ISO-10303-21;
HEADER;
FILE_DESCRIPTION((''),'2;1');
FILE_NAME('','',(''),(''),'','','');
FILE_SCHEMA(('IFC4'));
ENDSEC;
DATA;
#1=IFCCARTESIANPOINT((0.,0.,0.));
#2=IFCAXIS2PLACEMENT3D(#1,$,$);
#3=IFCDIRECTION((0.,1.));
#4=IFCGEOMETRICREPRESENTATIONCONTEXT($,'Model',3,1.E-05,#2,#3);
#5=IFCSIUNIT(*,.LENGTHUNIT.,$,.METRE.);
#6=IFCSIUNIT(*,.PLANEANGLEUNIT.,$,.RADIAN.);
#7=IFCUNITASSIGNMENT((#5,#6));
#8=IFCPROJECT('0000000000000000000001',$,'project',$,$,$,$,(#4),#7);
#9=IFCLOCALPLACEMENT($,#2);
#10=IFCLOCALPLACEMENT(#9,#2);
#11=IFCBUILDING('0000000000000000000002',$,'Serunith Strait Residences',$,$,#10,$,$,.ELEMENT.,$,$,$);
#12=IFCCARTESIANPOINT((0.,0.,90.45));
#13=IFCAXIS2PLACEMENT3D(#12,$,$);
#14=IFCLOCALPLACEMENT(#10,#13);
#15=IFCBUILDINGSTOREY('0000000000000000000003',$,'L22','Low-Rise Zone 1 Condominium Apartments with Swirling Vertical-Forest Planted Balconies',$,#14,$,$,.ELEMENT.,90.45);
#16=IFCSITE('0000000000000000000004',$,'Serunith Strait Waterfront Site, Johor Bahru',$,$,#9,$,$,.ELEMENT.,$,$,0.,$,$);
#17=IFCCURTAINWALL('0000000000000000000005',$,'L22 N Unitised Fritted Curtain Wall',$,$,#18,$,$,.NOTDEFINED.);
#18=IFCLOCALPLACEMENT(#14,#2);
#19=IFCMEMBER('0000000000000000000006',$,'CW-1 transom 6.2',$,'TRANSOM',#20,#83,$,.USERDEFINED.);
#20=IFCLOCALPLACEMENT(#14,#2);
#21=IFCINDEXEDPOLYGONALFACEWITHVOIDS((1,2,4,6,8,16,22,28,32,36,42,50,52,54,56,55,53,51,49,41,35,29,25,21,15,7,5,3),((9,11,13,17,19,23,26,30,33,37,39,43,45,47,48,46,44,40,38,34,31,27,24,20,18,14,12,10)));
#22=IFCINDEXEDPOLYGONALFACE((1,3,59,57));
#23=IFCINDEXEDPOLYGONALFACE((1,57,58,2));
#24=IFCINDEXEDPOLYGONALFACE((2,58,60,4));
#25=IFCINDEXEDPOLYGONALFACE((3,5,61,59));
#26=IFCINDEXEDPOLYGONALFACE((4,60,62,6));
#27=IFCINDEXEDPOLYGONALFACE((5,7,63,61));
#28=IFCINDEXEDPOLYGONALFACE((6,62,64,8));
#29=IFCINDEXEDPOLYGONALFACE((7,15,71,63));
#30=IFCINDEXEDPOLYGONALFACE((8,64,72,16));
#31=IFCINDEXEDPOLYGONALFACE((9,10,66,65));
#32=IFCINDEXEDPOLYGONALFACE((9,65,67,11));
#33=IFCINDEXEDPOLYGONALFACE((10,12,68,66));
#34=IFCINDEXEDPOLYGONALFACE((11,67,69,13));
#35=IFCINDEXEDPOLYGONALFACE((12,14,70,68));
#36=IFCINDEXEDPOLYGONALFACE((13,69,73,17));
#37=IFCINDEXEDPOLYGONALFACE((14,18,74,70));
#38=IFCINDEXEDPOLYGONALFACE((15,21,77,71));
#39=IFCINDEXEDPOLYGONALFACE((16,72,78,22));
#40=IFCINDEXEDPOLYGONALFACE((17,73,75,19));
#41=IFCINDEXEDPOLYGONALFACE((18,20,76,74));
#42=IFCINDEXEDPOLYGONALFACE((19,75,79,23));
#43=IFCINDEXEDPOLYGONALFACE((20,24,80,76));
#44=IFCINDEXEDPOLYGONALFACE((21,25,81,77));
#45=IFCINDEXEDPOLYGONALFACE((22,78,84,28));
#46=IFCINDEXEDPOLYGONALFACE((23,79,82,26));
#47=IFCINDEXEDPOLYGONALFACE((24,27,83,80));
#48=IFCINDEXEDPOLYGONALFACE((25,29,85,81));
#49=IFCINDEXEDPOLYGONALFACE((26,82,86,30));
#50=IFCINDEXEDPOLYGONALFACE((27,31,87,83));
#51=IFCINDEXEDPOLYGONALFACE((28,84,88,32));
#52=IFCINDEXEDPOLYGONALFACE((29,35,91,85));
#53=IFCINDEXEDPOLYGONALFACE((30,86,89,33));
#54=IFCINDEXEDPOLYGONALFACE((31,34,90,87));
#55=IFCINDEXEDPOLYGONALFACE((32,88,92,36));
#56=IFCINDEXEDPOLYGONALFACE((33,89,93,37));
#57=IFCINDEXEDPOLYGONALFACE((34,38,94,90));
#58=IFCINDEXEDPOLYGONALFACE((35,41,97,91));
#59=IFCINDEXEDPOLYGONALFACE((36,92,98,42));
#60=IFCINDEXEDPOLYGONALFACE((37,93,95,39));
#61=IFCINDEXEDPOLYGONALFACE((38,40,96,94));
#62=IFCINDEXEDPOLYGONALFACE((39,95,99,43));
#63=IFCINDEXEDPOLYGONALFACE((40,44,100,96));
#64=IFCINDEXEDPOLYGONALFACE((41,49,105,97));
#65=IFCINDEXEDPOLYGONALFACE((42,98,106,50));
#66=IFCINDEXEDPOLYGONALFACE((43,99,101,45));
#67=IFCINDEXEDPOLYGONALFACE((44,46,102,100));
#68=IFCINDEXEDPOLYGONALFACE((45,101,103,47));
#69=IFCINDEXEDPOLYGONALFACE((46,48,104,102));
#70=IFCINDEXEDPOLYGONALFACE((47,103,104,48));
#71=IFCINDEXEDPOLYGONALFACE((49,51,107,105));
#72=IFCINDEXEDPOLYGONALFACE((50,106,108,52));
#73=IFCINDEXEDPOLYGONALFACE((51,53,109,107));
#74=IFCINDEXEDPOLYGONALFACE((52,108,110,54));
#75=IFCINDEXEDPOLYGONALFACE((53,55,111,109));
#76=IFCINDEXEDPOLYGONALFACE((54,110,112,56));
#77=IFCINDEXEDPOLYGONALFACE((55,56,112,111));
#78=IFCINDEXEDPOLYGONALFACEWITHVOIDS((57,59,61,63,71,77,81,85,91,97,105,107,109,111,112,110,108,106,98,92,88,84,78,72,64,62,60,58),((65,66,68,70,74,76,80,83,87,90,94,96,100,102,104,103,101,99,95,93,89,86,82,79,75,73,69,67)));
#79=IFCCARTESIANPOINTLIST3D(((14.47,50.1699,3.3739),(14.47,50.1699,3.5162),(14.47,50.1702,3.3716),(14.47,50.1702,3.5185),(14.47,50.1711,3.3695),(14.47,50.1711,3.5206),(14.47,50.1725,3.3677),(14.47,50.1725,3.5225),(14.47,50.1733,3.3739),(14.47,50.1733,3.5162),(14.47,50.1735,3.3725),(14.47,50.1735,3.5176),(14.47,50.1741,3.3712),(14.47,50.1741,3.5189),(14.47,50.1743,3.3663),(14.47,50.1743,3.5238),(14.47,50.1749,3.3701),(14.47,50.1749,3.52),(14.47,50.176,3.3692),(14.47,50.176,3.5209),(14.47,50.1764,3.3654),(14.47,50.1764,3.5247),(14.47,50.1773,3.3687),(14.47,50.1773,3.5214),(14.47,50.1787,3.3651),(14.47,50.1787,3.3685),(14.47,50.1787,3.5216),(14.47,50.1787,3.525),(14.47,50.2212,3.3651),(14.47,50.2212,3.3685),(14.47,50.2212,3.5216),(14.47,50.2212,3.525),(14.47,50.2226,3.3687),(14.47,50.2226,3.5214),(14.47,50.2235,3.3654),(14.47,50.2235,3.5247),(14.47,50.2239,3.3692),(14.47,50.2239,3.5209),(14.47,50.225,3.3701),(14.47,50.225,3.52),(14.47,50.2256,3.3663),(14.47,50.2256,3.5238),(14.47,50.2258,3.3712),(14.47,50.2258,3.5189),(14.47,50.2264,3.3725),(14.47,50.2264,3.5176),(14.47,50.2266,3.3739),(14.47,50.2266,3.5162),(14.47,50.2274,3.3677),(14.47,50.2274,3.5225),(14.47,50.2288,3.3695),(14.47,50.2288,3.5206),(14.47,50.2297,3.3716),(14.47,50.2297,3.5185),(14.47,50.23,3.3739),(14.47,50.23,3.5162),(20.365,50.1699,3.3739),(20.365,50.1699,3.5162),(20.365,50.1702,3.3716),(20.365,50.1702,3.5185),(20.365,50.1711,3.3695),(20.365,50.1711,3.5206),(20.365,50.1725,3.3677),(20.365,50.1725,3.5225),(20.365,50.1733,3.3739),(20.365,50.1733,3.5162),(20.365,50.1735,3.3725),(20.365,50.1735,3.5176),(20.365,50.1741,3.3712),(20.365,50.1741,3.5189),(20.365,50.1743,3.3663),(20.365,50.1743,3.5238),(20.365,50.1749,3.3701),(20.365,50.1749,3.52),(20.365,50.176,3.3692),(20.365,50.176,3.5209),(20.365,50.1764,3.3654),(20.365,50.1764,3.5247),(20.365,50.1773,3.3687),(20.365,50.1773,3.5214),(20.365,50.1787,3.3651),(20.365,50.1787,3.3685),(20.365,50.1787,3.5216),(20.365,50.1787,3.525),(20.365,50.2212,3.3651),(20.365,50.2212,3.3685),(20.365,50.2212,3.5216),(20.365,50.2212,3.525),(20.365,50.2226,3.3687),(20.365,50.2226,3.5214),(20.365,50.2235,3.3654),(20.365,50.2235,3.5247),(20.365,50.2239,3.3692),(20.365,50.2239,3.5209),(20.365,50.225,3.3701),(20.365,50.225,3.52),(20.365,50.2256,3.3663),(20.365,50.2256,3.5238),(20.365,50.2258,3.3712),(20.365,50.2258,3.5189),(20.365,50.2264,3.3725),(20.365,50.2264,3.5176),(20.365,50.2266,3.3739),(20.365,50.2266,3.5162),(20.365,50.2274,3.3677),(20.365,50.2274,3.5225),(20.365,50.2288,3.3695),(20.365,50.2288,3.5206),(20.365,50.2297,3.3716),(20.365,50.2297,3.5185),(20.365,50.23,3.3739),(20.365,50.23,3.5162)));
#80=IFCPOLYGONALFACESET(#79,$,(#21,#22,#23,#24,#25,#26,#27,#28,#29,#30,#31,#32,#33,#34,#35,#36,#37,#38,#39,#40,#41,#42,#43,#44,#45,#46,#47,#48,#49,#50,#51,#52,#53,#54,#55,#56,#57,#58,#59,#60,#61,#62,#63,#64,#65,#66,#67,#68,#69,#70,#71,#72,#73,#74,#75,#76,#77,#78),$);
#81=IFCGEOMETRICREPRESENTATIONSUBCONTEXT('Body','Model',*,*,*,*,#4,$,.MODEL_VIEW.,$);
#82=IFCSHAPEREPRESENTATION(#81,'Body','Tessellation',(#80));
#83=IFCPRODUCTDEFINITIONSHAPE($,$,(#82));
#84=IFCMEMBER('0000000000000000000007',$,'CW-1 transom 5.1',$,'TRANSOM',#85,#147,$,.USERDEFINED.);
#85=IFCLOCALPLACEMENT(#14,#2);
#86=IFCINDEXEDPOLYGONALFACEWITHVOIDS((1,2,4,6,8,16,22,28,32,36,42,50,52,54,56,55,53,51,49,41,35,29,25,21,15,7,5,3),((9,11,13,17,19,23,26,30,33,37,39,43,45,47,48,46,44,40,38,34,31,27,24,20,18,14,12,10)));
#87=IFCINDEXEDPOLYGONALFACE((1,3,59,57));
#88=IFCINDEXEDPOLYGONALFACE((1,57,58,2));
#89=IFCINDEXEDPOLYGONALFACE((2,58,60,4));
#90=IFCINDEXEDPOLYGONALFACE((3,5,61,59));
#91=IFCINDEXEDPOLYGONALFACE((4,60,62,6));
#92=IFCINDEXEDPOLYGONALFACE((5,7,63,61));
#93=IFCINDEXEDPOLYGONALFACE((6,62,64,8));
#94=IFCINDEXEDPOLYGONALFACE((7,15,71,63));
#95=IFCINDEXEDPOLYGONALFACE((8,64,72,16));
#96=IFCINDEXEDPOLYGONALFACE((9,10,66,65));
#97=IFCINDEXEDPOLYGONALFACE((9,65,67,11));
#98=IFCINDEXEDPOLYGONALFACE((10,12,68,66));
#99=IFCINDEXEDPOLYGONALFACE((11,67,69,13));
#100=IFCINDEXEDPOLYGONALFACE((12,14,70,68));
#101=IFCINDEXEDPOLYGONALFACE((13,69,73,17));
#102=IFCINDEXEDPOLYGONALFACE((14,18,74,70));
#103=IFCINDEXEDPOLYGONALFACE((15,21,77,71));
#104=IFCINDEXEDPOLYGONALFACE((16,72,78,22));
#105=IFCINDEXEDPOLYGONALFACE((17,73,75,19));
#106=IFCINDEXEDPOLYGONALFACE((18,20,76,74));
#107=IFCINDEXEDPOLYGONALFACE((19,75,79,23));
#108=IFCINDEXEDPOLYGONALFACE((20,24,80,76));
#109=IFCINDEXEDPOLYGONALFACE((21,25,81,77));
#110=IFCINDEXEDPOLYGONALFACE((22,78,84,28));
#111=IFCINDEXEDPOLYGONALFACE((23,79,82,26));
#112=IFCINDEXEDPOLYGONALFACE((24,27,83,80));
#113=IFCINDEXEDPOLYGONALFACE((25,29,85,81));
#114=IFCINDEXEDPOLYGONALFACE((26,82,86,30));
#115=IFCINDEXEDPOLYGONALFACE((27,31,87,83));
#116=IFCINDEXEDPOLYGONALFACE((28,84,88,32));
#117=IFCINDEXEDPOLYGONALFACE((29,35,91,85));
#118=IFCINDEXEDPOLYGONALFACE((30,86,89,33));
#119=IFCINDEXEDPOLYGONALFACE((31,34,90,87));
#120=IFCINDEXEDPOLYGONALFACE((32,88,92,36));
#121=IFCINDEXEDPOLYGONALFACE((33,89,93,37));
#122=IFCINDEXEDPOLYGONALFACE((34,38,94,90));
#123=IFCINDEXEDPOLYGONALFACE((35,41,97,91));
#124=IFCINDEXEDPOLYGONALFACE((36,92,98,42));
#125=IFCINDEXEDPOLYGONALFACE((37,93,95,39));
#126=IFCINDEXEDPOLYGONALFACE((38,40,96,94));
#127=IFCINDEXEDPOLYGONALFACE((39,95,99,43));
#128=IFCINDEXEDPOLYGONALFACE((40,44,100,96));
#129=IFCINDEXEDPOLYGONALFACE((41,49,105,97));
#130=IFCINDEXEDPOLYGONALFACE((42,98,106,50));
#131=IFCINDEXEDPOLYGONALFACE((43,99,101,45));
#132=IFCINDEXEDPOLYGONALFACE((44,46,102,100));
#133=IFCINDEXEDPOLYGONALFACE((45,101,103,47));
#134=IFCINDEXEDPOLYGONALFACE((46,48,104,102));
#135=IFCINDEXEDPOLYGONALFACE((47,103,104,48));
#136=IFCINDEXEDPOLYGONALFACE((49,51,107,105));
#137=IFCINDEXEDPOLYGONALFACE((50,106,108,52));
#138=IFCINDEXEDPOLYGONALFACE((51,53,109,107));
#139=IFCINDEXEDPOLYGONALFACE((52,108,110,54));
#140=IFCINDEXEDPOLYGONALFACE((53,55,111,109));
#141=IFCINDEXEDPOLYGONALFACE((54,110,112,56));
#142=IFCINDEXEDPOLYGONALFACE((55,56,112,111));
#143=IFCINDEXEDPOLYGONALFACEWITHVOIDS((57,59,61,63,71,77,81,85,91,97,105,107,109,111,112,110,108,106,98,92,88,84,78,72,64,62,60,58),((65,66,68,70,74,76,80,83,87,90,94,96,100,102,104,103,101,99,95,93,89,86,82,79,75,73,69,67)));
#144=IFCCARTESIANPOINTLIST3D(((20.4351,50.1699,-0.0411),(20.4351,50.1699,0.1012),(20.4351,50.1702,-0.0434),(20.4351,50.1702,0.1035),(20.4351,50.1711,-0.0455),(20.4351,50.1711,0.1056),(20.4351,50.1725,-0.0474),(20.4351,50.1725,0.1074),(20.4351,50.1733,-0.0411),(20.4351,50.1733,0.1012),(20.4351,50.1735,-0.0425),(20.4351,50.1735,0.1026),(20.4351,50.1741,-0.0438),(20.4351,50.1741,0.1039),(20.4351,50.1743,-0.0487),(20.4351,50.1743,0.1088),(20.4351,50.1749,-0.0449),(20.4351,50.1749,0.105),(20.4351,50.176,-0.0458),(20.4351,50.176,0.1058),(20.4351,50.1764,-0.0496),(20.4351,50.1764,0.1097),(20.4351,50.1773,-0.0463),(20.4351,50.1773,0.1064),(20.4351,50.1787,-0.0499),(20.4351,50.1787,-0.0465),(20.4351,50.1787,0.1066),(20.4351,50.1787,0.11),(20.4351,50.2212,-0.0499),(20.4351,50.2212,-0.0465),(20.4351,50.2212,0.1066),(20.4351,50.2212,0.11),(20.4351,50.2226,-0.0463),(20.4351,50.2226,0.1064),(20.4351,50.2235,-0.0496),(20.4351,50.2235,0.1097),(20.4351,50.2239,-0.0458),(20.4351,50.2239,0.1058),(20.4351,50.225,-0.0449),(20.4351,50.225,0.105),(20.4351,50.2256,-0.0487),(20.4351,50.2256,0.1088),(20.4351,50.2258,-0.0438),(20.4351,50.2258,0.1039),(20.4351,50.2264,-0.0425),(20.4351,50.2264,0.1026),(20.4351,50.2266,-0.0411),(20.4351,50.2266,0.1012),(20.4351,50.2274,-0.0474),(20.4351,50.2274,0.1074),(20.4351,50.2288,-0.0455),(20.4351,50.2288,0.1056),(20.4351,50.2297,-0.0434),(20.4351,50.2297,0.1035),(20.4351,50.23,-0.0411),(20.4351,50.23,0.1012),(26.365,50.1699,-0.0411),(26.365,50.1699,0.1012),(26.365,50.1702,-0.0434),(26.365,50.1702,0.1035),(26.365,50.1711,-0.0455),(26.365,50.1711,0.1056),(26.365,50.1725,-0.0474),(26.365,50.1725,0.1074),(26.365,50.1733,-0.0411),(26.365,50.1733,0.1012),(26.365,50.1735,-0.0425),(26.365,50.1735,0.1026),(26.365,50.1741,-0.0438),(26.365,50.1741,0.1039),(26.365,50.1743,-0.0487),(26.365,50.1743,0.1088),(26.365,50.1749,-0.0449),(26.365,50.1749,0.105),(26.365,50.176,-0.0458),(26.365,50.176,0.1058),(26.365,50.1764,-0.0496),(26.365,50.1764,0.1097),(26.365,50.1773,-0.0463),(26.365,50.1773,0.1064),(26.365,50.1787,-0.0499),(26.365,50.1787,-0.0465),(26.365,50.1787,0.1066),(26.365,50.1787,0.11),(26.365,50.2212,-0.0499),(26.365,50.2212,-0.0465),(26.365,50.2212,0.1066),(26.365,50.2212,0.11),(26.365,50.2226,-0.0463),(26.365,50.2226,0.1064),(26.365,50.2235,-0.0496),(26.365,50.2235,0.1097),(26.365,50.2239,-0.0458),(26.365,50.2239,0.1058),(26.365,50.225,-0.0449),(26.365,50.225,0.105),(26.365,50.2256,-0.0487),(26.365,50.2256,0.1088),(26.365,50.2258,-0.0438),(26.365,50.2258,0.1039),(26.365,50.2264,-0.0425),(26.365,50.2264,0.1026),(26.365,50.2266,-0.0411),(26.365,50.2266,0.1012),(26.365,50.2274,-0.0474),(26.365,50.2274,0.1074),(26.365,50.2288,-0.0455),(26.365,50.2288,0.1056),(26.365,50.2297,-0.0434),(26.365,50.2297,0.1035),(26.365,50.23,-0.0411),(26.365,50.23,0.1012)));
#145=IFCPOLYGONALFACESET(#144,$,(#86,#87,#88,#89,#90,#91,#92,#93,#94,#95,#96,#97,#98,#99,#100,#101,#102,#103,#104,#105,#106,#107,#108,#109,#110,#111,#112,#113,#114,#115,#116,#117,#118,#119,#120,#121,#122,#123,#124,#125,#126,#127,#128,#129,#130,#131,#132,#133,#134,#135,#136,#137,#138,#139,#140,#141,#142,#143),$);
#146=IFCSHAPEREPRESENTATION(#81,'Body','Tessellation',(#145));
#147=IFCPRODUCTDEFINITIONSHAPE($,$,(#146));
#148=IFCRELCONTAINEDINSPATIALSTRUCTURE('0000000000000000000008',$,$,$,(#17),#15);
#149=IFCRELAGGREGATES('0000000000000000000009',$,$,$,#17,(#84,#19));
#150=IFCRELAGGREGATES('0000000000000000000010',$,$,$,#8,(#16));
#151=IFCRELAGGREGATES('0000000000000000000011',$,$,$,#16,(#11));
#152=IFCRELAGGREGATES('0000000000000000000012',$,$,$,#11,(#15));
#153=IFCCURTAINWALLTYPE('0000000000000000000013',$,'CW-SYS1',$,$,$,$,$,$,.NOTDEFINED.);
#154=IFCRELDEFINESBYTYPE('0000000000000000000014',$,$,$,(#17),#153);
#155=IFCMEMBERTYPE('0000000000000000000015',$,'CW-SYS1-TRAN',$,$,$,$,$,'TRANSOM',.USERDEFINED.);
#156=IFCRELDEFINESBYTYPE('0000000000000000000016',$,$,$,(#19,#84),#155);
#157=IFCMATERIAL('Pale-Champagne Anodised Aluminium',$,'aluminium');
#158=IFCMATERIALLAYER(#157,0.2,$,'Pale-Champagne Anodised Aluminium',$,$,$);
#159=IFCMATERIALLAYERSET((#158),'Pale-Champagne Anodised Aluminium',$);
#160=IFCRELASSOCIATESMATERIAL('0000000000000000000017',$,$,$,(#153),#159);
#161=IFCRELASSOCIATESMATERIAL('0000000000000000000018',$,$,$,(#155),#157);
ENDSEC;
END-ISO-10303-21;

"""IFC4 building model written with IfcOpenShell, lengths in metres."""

from ifc_helpers import new_model, si_unit, direction, frame, origin, origin_2d, place, context, subcontext, project, spatial, hollow_rectangle, extrude, source, transform, mapped, material, layer, layer_set, material_profile, profile_set, type_object, element, aggregate, save


model = new_model("IFC4")

# Units and contexts
model_context = context("Model", 3, precision=1e-05, world=origin(), true_north=direction((0.0, 1.0)))
body_context = subcontext(model_context, "Body", "Model", "MODEL_VIEW")
ifc_project = project(units=[si_unit("LENGTHUNIT", "METRE"), si_unit("PLANEANGLEUNIT", "RADIAN")], contexts=[model_context])

# Site, building, storey
site_placement = place(None, origin())
site = spatial("IfcSite", under=ifc_project, at=site_placement, Name="Serunith Strait Waterfront Site, Johor Bahru", CompositionType="ELEMENT", RefElevation=0.0)
building_placement = place(site_placement, origin())
building = spatial("IfcBuilding", under=site, at=building_placement, Name="Serunith Strait Residences", CompositionType="ELEMENT")
storey_placement = place(building_placement, frame((0.0, 0.0, 90.45)))
storey = spatial("IfcBuildingStorey", under=building, at=storey_placement, Name="L22", Description="Low-Rise Zone 1 Condominium Apartments with Swirling Vertical-Forest Planted Balconies", CompositionType="ELEMENT", Elevation=90.45)

# Curtain wall, members
ifc_material_1 = material(Name="Pale-Champagne Anodised Aluminium", Category="aluminium")
ifc_layer_1 = layer(ifc_material_1, 0.2, Name="Pale-Champagne Anodised Aluminium")
ifc_layer_set_1 = layer_set([ifc_layer_1], Name="Pale-Champagne Anodised Aluminium")
curtain_wall_type = type_object("IfcCurtainWallType", Name="CW-SYS1", PredefinedType="NOTDEFINED", material=ifc_layer_set_1)
curtain_wall_placement = place(storey_placement, origin())
curtain_wall = element("IfcCurtainWall", 1, at=curtain_wall_placement, inside=storey, type_object=curtain_wall_type, Name="L22 N Unitised Fritted Curtain Wall", PredefinedType="NOTDEFINED")
ifc_material_profile_1 = material_profile(ifc_material_1, hollow_rectangle(XDim=0.0601, YDim=0.1599, WallThickness=0.0034, InnerFilletRadius=0.0054, OuterFilletRadius=0.0088, at=origin_2d()), Name="ALU 160x60x3.5")
ifc_profile_set_1 = profile_set([ifc_material_profile_1], Name="Pale-Champagne Anodised Aluminium")
member_type_1 = type_object("IfcMemberType", Name="CW-SYS1-TRAN", ElementType="TRANSOM", PredefinedType="USERDEFINED", material=ifc_profile_set_1)
shared_shape_1 = source(origin(), body_context, "Body", "SweptSolid", [
    extrude(hollow_rectangle(XDim=0.0601, YDim=0.1599, WallThickness=0.0034, InnerFilletRadius=0.0054, OuterFilletRadius=0.0088, at=origin_2d()), origin(), (0.0, 0.0, 1.0), 5.895),
])
member_1_placement = place(storey_placement, frame((20.365, 50.2, 3.4451), z_axis=(-1.0, 0.0, 0.0), x_axis=(0.0, -1.0, 0.0)))
member_1 = element("IfcMember", 2, at=member_1_placement, type_object=member_type_1, Name="CW-1 transom 6.2", ObjectType="TRANSOM", PredefinedType="USERDEFINED", context=body_context, shape_type="MappedRepresentation", body=[
    mapped(shared_shape_1, transform((0.0, 0.0, 0.0), scale=1.0)),
])
shared_shape_2 = source(origin(), body_context, "Body", "SweptSolid", [
    extrude(hollow_rectangle(XDim=0.0601, YDim=0.1599, WallThickness=0.0034, InnerFilletRadius=0.0054, OuterFilletRadius=0.0088, at=origin_2d()), origin(), (0.0, 0.0, 1.0), 5.9299),
])
member_2_placement = place(storey_placement, frame((26.365, 50.2, 0.03), z_axis=(-1.0, 0.0, 0.0), x_axis=(0.0, -1.0, 0.0)))
member_2 = element("IfcMember", 3, at=member_2_placement, type_object=member_type_1, Name="CW-1 transom 5.1", ObjectType="TRANSOM", PredefinedType="USERDEFINED", context=body_context, shape_type="MappedRepresentation", body=[
    mapped(shared_shape_2, transform((0.0, 0.0, 0.0), scale=1.0)),
])
aggregate(curtain_wall, [member_2, member_1])

save(model, "model.ifc")
